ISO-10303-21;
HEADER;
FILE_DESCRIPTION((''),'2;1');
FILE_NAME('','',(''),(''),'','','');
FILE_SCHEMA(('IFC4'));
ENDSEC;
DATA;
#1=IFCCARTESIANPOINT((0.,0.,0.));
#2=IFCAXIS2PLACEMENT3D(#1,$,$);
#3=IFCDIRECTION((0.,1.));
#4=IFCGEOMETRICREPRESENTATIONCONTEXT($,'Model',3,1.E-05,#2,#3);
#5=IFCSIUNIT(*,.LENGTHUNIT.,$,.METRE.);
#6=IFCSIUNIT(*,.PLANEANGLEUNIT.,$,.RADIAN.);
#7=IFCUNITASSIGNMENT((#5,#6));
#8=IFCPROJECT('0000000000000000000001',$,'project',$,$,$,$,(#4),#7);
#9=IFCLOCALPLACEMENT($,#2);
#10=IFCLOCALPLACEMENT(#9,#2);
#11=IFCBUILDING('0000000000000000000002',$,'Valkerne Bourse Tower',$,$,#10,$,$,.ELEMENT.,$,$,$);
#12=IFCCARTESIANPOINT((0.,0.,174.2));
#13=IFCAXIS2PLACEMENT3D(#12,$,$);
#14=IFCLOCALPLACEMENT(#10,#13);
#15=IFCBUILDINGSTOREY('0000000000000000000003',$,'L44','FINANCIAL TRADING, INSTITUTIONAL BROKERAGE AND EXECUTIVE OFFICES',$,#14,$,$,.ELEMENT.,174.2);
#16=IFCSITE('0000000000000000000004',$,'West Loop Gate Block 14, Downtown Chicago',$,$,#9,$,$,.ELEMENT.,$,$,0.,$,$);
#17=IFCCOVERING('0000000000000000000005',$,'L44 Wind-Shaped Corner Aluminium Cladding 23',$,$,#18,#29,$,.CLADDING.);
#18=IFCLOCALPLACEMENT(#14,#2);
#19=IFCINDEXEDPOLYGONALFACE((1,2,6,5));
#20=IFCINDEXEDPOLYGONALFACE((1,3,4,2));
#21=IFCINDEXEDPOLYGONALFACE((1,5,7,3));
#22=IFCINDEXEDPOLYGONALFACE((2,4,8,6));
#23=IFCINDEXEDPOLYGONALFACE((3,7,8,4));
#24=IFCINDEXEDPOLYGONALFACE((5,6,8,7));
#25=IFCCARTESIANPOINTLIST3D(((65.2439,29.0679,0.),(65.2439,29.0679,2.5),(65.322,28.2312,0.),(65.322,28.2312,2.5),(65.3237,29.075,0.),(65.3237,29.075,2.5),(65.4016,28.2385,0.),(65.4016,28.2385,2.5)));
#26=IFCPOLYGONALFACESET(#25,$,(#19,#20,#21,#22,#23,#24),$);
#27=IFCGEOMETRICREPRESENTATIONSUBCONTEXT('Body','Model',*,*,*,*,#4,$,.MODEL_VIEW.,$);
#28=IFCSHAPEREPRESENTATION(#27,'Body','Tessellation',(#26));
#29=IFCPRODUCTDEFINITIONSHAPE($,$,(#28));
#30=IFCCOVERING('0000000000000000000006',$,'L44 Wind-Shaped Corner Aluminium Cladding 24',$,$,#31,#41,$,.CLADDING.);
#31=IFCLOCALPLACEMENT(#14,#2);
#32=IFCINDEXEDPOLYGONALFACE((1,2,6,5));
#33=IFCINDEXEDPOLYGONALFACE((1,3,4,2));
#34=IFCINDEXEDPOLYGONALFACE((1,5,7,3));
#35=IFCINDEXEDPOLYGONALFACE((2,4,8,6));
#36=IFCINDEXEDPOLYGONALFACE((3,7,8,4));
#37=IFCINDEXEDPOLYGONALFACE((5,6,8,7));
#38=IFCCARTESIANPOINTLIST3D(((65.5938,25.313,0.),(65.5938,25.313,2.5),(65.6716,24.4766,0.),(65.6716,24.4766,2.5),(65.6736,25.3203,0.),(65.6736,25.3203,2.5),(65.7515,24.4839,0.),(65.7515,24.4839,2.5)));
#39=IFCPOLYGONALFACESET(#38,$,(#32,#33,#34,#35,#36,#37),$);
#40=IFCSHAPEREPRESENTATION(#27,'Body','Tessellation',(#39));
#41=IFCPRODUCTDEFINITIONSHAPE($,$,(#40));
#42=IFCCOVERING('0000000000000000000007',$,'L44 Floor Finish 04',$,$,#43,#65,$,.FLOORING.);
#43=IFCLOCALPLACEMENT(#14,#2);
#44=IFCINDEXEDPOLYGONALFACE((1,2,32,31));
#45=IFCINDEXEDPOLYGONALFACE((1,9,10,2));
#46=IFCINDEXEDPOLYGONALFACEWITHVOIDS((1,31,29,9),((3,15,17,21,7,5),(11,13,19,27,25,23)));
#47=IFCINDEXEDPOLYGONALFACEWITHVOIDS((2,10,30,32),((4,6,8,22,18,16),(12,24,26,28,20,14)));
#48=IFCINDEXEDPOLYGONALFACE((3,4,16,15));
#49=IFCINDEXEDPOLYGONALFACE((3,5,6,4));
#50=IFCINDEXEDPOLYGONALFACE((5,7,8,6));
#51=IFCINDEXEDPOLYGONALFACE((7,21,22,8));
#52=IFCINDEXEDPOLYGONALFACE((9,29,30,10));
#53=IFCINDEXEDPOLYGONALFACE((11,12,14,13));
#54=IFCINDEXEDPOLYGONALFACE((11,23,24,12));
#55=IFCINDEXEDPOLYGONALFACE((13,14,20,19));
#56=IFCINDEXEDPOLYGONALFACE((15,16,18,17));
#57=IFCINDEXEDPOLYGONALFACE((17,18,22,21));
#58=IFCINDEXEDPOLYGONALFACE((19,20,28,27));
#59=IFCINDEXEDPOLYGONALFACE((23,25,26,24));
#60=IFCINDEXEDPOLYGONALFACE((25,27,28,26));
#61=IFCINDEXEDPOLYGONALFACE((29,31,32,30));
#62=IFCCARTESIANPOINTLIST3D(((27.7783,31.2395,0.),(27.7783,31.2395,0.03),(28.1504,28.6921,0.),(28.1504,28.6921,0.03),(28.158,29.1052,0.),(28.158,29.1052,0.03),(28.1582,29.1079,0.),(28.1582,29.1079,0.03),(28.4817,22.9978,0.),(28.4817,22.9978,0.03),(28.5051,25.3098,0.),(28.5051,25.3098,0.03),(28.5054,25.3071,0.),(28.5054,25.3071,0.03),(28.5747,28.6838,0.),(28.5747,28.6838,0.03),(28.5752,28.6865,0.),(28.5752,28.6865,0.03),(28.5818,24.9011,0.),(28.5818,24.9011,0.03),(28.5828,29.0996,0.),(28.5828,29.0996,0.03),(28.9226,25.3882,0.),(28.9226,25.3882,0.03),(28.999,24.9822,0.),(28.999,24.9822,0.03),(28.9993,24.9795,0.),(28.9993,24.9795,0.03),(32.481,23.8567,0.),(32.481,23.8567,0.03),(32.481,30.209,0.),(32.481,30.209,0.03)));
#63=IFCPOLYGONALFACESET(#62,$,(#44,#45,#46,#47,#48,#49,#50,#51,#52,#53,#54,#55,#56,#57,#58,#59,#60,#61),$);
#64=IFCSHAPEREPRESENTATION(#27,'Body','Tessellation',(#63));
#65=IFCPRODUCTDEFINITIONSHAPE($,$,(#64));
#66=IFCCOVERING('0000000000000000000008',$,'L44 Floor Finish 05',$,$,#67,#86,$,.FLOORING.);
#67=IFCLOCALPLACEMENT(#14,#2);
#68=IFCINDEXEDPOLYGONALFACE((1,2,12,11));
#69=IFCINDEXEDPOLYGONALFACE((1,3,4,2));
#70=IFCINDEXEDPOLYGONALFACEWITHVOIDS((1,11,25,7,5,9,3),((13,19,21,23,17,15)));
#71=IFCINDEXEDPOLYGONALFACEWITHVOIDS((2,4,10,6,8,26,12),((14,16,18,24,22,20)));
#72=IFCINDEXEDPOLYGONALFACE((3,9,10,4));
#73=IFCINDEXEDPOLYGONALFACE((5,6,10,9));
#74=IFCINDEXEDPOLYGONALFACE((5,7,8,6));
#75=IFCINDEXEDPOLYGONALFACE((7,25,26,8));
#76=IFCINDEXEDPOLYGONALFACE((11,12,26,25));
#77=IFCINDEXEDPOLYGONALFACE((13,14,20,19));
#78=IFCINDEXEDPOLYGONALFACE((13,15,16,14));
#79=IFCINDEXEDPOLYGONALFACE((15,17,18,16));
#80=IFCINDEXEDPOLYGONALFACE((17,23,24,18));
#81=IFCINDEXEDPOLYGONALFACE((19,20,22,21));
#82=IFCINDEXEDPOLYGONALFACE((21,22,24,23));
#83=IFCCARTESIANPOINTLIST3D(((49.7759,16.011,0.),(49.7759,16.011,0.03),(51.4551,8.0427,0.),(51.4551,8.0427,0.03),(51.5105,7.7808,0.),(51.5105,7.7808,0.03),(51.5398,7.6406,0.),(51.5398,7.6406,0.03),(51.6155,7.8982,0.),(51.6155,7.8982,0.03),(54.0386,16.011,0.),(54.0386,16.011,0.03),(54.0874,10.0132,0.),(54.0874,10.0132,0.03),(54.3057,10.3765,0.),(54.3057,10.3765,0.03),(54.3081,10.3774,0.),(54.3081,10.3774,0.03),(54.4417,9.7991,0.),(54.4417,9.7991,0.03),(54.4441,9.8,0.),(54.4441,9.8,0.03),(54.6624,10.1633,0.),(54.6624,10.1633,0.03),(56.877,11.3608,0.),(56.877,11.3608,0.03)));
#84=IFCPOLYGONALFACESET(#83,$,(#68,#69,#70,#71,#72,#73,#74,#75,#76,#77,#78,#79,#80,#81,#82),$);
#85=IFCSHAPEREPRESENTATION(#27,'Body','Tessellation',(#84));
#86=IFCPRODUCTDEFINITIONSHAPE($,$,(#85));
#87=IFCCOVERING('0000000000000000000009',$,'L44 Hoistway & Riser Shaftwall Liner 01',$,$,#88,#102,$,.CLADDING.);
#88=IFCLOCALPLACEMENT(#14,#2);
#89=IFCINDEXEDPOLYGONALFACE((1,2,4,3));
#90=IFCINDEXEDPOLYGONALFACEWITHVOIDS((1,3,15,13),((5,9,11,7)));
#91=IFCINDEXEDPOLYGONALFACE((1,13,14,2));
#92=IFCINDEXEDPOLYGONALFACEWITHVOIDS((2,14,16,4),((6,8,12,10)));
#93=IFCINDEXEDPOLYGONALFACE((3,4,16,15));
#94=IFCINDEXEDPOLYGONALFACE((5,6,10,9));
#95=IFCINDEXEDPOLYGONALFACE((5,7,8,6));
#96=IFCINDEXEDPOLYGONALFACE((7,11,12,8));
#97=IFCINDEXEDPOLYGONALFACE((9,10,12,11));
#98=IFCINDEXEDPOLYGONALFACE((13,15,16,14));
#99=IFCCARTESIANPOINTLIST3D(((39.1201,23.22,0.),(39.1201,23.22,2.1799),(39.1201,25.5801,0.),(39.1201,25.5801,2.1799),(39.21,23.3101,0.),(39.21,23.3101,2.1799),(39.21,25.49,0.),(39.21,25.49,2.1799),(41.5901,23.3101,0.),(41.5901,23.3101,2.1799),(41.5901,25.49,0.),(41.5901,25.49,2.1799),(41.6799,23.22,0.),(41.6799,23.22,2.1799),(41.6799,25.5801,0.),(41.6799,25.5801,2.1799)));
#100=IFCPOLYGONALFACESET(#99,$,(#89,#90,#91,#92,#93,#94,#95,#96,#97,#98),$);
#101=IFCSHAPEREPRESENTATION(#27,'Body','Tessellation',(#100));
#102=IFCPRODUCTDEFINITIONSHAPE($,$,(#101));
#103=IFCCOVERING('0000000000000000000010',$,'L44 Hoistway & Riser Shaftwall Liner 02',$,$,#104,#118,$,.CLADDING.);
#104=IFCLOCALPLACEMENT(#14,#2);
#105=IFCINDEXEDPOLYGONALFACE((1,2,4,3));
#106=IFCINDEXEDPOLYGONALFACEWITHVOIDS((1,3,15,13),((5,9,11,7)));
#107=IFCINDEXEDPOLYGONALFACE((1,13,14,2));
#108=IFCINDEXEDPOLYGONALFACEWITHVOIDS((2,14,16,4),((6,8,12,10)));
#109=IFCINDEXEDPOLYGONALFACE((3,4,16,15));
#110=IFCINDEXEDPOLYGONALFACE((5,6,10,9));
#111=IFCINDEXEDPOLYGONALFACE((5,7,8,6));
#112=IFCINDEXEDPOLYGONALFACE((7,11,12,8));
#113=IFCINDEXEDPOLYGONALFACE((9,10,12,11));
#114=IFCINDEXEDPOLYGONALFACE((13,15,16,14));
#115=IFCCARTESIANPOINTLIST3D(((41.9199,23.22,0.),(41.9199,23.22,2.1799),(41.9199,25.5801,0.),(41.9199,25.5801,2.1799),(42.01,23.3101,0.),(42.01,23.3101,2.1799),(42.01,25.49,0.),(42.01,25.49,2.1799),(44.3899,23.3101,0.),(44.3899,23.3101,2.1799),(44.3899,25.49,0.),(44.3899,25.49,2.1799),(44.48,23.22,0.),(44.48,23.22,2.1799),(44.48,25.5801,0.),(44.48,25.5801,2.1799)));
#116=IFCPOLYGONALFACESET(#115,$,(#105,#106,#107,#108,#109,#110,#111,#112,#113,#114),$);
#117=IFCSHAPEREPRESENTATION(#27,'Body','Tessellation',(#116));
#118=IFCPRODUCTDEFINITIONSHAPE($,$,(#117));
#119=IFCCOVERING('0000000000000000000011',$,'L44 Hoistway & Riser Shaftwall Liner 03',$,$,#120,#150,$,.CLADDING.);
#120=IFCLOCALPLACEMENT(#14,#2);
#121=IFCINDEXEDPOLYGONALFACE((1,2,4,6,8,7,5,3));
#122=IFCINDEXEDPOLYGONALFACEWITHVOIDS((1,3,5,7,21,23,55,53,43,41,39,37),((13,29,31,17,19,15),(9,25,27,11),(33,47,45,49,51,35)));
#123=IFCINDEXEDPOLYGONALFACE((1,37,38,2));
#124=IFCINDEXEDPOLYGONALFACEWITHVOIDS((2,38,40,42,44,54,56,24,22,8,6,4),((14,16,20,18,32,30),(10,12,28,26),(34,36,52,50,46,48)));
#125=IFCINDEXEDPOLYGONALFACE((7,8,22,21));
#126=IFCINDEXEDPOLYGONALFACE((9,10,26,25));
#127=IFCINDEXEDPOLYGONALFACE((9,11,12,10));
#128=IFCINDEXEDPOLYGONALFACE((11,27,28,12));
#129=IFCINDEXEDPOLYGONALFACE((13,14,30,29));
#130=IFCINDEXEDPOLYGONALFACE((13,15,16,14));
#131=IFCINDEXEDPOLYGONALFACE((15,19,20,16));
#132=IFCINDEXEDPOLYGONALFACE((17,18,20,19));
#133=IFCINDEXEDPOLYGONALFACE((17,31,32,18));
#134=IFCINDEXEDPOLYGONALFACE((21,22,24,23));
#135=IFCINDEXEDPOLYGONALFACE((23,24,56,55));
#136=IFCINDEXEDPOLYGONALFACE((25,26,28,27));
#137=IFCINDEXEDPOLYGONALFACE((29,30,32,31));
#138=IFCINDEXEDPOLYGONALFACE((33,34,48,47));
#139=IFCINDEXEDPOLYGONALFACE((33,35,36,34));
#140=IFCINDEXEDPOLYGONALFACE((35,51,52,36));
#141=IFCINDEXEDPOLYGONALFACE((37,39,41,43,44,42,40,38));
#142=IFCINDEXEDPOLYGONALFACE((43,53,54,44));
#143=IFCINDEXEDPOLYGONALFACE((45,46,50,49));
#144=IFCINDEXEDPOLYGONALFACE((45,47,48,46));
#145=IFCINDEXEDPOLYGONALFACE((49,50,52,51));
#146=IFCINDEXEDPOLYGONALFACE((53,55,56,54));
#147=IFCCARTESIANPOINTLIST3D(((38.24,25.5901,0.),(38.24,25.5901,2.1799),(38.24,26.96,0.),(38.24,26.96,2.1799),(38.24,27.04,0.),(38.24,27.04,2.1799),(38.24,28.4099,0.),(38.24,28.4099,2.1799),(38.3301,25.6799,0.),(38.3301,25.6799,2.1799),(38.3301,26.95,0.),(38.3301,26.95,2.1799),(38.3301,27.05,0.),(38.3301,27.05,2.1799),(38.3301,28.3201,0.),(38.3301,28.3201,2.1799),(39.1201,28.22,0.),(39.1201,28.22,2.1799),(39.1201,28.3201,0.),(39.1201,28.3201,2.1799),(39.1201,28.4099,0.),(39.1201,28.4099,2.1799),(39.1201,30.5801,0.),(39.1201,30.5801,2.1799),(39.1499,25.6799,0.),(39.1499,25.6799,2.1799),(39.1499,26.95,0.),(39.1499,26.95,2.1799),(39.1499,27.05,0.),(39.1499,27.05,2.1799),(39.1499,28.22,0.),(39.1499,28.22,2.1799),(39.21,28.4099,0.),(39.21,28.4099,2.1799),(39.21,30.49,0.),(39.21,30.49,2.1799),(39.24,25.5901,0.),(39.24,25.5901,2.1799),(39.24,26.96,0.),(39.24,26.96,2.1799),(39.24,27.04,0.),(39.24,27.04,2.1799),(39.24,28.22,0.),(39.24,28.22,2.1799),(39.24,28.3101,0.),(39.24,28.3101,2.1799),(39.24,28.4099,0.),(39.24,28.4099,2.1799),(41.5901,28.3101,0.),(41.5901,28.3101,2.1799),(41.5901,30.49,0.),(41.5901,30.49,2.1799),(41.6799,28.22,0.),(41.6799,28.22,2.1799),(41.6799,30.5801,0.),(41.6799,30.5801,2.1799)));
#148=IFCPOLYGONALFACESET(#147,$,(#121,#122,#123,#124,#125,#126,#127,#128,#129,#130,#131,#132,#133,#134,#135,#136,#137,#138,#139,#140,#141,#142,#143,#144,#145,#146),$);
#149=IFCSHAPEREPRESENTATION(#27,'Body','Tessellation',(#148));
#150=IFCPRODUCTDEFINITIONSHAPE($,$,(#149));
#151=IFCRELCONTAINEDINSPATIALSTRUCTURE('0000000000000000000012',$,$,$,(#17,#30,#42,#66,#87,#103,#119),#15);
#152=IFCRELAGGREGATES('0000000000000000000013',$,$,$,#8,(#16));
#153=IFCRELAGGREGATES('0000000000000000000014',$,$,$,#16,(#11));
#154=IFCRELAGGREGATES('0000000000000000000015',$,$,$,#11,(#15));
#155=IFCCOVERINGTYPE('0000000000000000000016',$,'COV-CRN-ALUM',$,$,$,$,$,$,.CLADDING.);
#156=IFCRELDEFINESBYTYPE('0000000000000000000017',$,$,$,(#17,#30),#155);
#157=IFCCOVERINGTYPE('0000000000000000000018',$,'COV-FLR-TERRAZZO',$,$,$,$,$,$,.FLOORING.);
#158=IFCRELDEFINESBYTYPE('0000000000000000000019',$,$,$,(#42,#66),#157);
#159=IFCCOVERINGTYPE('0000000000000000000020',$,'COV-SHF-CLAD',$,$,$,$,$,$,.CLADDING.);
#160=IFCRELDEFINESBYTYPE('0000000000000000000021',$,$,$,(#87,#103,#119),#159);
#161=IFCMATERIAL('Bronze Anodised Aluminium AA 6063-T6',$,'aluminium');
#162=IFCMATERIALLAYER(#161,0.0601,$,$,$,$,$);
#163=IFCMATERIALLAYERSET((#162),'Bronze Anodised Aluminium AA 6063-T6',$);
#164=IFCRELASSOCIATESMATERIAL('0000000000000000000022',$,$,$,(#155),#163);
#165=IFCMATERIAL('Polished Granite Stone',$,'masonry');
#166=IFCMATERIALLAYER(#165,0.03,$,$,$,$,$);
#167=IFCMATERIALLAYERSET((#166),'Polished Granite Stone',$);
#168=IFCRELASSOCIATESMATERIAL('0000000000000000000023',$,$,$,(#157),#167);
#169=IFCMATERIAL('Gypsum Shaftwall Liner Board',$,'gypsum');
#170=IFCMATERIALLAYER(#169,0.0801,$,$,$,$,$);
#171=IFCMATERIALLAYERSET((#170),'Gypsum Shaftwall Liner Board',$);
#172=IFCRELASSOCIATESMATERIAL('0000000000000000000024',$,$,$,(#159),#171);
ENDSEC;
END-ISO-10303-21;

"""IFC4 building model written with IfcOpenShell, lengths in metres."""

from ifc_helpers import new_model, si_unit, direction, frame, origin, place, context, subcontext, project, spatial, polyline, outline, extrude, material, layer, layer_set, type_object, element, save


model = new_model("IFC4")

# Units and contexts
model_context = context("Model", 3, precision=1e-05, world=origin(), true_north=direction((0.0, 1.0)))
body_context = subcontext(model_context, "Body", "Model", "MODEL_VIEW")
ifc_project = project(units=[si_unit("LENGTHUNIT", "METRE"), si_unit("PLANEANGLEUNIT", "RADIAN")], contexts=[model_context])

# Site, building, storey
site_placement = place(None, origin())
site = spatial("IfcSite", under=ifc_project, at=site_placement, Name="West Loop Gate Block 14, Downtown Chicago", CompositionType="ELEMENT", RefElevation=0.0)
building_placement = place(site_placement, origin())
building = spatial("IfcBuilding", under=site, at=building_placement, Name="Valkerne Bourse Tower", CompositionType="ELEMENT")
storey_placement = place(building_placement, frame((0.0, 0.0, 174.2)))
storey = spatial("IfcBuildingStorey", under=building, at=storey_placement, Name="L44", Description="FINANCIAL TRADING, INSTITUTIONAL BROKERAGE AND EXECUTIVE OFFICES", CompositionType="ELEMENT", Elevation=174.2)

# Coverings
ifc_material_1 = material(Name="Bronze Anodised Aluminium AA 6063-T6", Category="aluminium")
ifc_layer_1 = layer(ifc_material_1, 0.0601)
ifc_layer_set_1 = layer_set([ifc_layer_1], Name="Bronze Anodised Aluminium AA 6063-T6")
covering_type_1 = type_object("IfcCoveringType", Name="COV-CRN-ALUM", PredefinedType="CLADDING", material=ifc_layer_set_1)
covering_1_placement = place(storey_placement, origin())
element("IfcCovering", 1, at=covering_1_placement, inside=storey, type_object=covering_type_1, Name="L44 Wind-Shaped Corner Aluminium Cladding 23", PredefinedType="CLADDING", context=body_context, shape_type="SweptSolid", body=[
    extrude(outline(polyline([(65.4016, 28.2385), (65.322, 28.2312), (65.2439, 29.0679), (65.3237, 29.075), (65.4016, 28.2385)])), origin(), (0.0, 0.0, 1.0), 2.5),
])
covering_2_placement = place(storey_placement, origin())
element("IfcCovering", 2, at=covering_2_placement, inside=storey, type_object=covering_type_1, Name="L44 Wind-Shaped Corner Aluminium Cladding 24", PredefinedType="CLADDING", context=body_context, shape_type="SweptSolid", body=[
    extrude(outline(polyline([(65.7515, 24.4839), (65.6716, 24.4766), (65.5938, 25.313), (65.6736, 25.3203), (65.7515, 24.4839)])), origin(), (0.0, 0.0, 1.0), 2.5),
])
ifc_material_2 = material(Name="Polished Granite Stone", Category="masonry")
ifc_layer_2 = layer(ifc_material_2, 0.03)
ifc_layer_set_2 = layer_set([ifc_layer_2], Name="Polished Granite Stone")
covering_type_2 = type_object("IfcCoveringType", Name="COV-FLR-TERRAZZO", PredefinedType="FLOORING", material=ifc_layer_set_2)
covering_3_placement = place(storey_placement, origin())
element("IfcCovering", 3, at=covering_3_placement, inside=storey, type_object=covering_type_2, Name="L44 Floor Finish 04", PredefinedType="FLOORING", context=body_context, shape_type="SweptSolid", body=[
    extrude(outline(polyline([(32.481, 23.8567), (28.4817, 22.9978), (27.7783, 31.2395), (32.481, 30.209), (32.481, 23.8567)]), holes=[polyline([(28.999, 24.9822), (28.9226, 25.3882), (28.5051, 25.3098), (28.5054, 25.3071), (28.5818, 24.9011), (28.9993, 24.9795), (28.999, 24.9822)]), polyline([(28.5828, 29.0996), (28.1582, 29.1079), (28.158, 29.1052), (28.1504, 28.6921), (28.5747, 28.6838), (28.5752, 28.6865), (28.5828, 29.0996)])]), origin(), (0.0, 0.0, 1.0), 0.03),
])
covering_4_placement = place(storey_placement, origin())
element("IfcCovering", 4, at=covering_4_placement, inside=storey, type_object=covering_type_2, Name="L44 Floor Finish 05", PredefinedType="FLOORING", context=body_context, shape_type="SweptSolid", body=[
    extrude(outline(polyline([(54.0386, 16.011), (56.877, 11.3608), (51.5398, 7.6406), (51.5105, 7.7808), (51.6155, 7.8982), (51.4551, 8.0427), (49.7759, 16.011), (54.0386, 16.011)]), holes=[polyline([(54.6624, 10.1633), (54.3081, 10.3774), (54.3057, 10.3765), (54.0874, 10.0132), (54.4417, 9.7991), (54.4441, 9.8), (54.6624, 10.1633)])]), origin(), (0.0, 0.0, 1.0), 0.03),
])
ifc_material_3 = material(Name="Gypsum Shaftwall Liner Board", Category="gypsum")
ifc_layer_3 = layer(ifc_material_3, 0.0801)
ifc_layer_set_3 = layer_set([ifc_layer_3], Name="Gypsum Shaftwall Liner Board")
covering_type_3 = type_object("IfcCoveringType", Name="COV-SHF-CLAD", PredefinedType="CLADDING", material=ifc_layer_set_3)
covering_5_placement = place(storey_placement, origin())
element("IfcCovering", 5, at=covering_5_placement, inside=storey, type_object=covering_type_3, Name="L44 Hoistway & Riser Shaftwall Liner 01", PredefinedType="CLADDING", context=body_context, shape_type="SweptSolid", body=[
    extrude(outline(polyline([(41.6799, 25.5801), (41.6799, 23.22), (39.1201, 23.22), (39.1201, 25.5801), (41.6799, 25.5801)]), holes=[polyline([(41.5901, 25.49), (39.21, 25.49), (39.21, 23.3101), (41.5901, 23.3101), (41.5901, 25.49)])]), origin(), (0.0, 0.0, 1.0), 2.1799),
])
covering_6_placement = place(storey_placement, origin())
element("IfcCovering", 6, at=covering_6_placement, inside=storey, type_object=covering_type_3, Name="L44 Hoistway & Riser Shaftwall Liner 02", PredefinedType="CLADDING", context=body_context, shape_type="SweptSolid", body=[
    extrude(outline(polyline([(44.48, 23.22), (41.9199, 23.22), (41.9199, 25.5801), (44.48, 25.5801), (44.48, 23.22)]), holes=[polyline([(42.01, 25.49), (42.01, 23.3101), (44.3899, 23.3101), (44.3899, 25.49), (42.01, 25.49)])]), origin(), (0.0, 0.0, 1.0), 2.1799),
])
covering_7_placement = place(storey_placement, origin())
element("IfcCovering", 7, at=covering_7_placement, inside=storey, type_object=covering_type_3, Name="L44 Hoistway & Riser Shaftwall Liner 03", PredefinedType="CLADDING", context=body_context, shape_type="SweptSolid", body=[
    extrude(outline(polyline([(38.24, 28.4099), (39.1201, 28.4099), (39.1201, 30.5801), (41.6799, 30.5801), (41.6799, 28.22), (39.24, 28.22), (39.24, 27.04), (39.24, 26.96), (39.24, 25.5901), (38.24, 25.5901), (38.24, 26.96), (38.24, 27.04), (38.24, 28.4099)]), holes=[polyline([(38.3301, 26.95), (38.3301, 25.6799), (39.1499, 25.6799), (39.1499, 26.95), (38.3301, 26.95)]), polyline([(39.21, 30.49), (39.21, 28.4099), (39.24, 28.4099), (39.24, 28.3101), (41.5901, 28.3101), (41.5901, 30.49), (39.21, 30.49)]), polyline([(38.3301, 27.05), (39.1499, 27.05), (39.1499, 28.22), (39.1201, 28.22), (39.1201, 28.3201), (38.3301, 28.3201), (38.3301, 27.05)])]), origin(), (0.0, 0.0, 1.0), 2.1799),
])

save(model, "model.ifc")
